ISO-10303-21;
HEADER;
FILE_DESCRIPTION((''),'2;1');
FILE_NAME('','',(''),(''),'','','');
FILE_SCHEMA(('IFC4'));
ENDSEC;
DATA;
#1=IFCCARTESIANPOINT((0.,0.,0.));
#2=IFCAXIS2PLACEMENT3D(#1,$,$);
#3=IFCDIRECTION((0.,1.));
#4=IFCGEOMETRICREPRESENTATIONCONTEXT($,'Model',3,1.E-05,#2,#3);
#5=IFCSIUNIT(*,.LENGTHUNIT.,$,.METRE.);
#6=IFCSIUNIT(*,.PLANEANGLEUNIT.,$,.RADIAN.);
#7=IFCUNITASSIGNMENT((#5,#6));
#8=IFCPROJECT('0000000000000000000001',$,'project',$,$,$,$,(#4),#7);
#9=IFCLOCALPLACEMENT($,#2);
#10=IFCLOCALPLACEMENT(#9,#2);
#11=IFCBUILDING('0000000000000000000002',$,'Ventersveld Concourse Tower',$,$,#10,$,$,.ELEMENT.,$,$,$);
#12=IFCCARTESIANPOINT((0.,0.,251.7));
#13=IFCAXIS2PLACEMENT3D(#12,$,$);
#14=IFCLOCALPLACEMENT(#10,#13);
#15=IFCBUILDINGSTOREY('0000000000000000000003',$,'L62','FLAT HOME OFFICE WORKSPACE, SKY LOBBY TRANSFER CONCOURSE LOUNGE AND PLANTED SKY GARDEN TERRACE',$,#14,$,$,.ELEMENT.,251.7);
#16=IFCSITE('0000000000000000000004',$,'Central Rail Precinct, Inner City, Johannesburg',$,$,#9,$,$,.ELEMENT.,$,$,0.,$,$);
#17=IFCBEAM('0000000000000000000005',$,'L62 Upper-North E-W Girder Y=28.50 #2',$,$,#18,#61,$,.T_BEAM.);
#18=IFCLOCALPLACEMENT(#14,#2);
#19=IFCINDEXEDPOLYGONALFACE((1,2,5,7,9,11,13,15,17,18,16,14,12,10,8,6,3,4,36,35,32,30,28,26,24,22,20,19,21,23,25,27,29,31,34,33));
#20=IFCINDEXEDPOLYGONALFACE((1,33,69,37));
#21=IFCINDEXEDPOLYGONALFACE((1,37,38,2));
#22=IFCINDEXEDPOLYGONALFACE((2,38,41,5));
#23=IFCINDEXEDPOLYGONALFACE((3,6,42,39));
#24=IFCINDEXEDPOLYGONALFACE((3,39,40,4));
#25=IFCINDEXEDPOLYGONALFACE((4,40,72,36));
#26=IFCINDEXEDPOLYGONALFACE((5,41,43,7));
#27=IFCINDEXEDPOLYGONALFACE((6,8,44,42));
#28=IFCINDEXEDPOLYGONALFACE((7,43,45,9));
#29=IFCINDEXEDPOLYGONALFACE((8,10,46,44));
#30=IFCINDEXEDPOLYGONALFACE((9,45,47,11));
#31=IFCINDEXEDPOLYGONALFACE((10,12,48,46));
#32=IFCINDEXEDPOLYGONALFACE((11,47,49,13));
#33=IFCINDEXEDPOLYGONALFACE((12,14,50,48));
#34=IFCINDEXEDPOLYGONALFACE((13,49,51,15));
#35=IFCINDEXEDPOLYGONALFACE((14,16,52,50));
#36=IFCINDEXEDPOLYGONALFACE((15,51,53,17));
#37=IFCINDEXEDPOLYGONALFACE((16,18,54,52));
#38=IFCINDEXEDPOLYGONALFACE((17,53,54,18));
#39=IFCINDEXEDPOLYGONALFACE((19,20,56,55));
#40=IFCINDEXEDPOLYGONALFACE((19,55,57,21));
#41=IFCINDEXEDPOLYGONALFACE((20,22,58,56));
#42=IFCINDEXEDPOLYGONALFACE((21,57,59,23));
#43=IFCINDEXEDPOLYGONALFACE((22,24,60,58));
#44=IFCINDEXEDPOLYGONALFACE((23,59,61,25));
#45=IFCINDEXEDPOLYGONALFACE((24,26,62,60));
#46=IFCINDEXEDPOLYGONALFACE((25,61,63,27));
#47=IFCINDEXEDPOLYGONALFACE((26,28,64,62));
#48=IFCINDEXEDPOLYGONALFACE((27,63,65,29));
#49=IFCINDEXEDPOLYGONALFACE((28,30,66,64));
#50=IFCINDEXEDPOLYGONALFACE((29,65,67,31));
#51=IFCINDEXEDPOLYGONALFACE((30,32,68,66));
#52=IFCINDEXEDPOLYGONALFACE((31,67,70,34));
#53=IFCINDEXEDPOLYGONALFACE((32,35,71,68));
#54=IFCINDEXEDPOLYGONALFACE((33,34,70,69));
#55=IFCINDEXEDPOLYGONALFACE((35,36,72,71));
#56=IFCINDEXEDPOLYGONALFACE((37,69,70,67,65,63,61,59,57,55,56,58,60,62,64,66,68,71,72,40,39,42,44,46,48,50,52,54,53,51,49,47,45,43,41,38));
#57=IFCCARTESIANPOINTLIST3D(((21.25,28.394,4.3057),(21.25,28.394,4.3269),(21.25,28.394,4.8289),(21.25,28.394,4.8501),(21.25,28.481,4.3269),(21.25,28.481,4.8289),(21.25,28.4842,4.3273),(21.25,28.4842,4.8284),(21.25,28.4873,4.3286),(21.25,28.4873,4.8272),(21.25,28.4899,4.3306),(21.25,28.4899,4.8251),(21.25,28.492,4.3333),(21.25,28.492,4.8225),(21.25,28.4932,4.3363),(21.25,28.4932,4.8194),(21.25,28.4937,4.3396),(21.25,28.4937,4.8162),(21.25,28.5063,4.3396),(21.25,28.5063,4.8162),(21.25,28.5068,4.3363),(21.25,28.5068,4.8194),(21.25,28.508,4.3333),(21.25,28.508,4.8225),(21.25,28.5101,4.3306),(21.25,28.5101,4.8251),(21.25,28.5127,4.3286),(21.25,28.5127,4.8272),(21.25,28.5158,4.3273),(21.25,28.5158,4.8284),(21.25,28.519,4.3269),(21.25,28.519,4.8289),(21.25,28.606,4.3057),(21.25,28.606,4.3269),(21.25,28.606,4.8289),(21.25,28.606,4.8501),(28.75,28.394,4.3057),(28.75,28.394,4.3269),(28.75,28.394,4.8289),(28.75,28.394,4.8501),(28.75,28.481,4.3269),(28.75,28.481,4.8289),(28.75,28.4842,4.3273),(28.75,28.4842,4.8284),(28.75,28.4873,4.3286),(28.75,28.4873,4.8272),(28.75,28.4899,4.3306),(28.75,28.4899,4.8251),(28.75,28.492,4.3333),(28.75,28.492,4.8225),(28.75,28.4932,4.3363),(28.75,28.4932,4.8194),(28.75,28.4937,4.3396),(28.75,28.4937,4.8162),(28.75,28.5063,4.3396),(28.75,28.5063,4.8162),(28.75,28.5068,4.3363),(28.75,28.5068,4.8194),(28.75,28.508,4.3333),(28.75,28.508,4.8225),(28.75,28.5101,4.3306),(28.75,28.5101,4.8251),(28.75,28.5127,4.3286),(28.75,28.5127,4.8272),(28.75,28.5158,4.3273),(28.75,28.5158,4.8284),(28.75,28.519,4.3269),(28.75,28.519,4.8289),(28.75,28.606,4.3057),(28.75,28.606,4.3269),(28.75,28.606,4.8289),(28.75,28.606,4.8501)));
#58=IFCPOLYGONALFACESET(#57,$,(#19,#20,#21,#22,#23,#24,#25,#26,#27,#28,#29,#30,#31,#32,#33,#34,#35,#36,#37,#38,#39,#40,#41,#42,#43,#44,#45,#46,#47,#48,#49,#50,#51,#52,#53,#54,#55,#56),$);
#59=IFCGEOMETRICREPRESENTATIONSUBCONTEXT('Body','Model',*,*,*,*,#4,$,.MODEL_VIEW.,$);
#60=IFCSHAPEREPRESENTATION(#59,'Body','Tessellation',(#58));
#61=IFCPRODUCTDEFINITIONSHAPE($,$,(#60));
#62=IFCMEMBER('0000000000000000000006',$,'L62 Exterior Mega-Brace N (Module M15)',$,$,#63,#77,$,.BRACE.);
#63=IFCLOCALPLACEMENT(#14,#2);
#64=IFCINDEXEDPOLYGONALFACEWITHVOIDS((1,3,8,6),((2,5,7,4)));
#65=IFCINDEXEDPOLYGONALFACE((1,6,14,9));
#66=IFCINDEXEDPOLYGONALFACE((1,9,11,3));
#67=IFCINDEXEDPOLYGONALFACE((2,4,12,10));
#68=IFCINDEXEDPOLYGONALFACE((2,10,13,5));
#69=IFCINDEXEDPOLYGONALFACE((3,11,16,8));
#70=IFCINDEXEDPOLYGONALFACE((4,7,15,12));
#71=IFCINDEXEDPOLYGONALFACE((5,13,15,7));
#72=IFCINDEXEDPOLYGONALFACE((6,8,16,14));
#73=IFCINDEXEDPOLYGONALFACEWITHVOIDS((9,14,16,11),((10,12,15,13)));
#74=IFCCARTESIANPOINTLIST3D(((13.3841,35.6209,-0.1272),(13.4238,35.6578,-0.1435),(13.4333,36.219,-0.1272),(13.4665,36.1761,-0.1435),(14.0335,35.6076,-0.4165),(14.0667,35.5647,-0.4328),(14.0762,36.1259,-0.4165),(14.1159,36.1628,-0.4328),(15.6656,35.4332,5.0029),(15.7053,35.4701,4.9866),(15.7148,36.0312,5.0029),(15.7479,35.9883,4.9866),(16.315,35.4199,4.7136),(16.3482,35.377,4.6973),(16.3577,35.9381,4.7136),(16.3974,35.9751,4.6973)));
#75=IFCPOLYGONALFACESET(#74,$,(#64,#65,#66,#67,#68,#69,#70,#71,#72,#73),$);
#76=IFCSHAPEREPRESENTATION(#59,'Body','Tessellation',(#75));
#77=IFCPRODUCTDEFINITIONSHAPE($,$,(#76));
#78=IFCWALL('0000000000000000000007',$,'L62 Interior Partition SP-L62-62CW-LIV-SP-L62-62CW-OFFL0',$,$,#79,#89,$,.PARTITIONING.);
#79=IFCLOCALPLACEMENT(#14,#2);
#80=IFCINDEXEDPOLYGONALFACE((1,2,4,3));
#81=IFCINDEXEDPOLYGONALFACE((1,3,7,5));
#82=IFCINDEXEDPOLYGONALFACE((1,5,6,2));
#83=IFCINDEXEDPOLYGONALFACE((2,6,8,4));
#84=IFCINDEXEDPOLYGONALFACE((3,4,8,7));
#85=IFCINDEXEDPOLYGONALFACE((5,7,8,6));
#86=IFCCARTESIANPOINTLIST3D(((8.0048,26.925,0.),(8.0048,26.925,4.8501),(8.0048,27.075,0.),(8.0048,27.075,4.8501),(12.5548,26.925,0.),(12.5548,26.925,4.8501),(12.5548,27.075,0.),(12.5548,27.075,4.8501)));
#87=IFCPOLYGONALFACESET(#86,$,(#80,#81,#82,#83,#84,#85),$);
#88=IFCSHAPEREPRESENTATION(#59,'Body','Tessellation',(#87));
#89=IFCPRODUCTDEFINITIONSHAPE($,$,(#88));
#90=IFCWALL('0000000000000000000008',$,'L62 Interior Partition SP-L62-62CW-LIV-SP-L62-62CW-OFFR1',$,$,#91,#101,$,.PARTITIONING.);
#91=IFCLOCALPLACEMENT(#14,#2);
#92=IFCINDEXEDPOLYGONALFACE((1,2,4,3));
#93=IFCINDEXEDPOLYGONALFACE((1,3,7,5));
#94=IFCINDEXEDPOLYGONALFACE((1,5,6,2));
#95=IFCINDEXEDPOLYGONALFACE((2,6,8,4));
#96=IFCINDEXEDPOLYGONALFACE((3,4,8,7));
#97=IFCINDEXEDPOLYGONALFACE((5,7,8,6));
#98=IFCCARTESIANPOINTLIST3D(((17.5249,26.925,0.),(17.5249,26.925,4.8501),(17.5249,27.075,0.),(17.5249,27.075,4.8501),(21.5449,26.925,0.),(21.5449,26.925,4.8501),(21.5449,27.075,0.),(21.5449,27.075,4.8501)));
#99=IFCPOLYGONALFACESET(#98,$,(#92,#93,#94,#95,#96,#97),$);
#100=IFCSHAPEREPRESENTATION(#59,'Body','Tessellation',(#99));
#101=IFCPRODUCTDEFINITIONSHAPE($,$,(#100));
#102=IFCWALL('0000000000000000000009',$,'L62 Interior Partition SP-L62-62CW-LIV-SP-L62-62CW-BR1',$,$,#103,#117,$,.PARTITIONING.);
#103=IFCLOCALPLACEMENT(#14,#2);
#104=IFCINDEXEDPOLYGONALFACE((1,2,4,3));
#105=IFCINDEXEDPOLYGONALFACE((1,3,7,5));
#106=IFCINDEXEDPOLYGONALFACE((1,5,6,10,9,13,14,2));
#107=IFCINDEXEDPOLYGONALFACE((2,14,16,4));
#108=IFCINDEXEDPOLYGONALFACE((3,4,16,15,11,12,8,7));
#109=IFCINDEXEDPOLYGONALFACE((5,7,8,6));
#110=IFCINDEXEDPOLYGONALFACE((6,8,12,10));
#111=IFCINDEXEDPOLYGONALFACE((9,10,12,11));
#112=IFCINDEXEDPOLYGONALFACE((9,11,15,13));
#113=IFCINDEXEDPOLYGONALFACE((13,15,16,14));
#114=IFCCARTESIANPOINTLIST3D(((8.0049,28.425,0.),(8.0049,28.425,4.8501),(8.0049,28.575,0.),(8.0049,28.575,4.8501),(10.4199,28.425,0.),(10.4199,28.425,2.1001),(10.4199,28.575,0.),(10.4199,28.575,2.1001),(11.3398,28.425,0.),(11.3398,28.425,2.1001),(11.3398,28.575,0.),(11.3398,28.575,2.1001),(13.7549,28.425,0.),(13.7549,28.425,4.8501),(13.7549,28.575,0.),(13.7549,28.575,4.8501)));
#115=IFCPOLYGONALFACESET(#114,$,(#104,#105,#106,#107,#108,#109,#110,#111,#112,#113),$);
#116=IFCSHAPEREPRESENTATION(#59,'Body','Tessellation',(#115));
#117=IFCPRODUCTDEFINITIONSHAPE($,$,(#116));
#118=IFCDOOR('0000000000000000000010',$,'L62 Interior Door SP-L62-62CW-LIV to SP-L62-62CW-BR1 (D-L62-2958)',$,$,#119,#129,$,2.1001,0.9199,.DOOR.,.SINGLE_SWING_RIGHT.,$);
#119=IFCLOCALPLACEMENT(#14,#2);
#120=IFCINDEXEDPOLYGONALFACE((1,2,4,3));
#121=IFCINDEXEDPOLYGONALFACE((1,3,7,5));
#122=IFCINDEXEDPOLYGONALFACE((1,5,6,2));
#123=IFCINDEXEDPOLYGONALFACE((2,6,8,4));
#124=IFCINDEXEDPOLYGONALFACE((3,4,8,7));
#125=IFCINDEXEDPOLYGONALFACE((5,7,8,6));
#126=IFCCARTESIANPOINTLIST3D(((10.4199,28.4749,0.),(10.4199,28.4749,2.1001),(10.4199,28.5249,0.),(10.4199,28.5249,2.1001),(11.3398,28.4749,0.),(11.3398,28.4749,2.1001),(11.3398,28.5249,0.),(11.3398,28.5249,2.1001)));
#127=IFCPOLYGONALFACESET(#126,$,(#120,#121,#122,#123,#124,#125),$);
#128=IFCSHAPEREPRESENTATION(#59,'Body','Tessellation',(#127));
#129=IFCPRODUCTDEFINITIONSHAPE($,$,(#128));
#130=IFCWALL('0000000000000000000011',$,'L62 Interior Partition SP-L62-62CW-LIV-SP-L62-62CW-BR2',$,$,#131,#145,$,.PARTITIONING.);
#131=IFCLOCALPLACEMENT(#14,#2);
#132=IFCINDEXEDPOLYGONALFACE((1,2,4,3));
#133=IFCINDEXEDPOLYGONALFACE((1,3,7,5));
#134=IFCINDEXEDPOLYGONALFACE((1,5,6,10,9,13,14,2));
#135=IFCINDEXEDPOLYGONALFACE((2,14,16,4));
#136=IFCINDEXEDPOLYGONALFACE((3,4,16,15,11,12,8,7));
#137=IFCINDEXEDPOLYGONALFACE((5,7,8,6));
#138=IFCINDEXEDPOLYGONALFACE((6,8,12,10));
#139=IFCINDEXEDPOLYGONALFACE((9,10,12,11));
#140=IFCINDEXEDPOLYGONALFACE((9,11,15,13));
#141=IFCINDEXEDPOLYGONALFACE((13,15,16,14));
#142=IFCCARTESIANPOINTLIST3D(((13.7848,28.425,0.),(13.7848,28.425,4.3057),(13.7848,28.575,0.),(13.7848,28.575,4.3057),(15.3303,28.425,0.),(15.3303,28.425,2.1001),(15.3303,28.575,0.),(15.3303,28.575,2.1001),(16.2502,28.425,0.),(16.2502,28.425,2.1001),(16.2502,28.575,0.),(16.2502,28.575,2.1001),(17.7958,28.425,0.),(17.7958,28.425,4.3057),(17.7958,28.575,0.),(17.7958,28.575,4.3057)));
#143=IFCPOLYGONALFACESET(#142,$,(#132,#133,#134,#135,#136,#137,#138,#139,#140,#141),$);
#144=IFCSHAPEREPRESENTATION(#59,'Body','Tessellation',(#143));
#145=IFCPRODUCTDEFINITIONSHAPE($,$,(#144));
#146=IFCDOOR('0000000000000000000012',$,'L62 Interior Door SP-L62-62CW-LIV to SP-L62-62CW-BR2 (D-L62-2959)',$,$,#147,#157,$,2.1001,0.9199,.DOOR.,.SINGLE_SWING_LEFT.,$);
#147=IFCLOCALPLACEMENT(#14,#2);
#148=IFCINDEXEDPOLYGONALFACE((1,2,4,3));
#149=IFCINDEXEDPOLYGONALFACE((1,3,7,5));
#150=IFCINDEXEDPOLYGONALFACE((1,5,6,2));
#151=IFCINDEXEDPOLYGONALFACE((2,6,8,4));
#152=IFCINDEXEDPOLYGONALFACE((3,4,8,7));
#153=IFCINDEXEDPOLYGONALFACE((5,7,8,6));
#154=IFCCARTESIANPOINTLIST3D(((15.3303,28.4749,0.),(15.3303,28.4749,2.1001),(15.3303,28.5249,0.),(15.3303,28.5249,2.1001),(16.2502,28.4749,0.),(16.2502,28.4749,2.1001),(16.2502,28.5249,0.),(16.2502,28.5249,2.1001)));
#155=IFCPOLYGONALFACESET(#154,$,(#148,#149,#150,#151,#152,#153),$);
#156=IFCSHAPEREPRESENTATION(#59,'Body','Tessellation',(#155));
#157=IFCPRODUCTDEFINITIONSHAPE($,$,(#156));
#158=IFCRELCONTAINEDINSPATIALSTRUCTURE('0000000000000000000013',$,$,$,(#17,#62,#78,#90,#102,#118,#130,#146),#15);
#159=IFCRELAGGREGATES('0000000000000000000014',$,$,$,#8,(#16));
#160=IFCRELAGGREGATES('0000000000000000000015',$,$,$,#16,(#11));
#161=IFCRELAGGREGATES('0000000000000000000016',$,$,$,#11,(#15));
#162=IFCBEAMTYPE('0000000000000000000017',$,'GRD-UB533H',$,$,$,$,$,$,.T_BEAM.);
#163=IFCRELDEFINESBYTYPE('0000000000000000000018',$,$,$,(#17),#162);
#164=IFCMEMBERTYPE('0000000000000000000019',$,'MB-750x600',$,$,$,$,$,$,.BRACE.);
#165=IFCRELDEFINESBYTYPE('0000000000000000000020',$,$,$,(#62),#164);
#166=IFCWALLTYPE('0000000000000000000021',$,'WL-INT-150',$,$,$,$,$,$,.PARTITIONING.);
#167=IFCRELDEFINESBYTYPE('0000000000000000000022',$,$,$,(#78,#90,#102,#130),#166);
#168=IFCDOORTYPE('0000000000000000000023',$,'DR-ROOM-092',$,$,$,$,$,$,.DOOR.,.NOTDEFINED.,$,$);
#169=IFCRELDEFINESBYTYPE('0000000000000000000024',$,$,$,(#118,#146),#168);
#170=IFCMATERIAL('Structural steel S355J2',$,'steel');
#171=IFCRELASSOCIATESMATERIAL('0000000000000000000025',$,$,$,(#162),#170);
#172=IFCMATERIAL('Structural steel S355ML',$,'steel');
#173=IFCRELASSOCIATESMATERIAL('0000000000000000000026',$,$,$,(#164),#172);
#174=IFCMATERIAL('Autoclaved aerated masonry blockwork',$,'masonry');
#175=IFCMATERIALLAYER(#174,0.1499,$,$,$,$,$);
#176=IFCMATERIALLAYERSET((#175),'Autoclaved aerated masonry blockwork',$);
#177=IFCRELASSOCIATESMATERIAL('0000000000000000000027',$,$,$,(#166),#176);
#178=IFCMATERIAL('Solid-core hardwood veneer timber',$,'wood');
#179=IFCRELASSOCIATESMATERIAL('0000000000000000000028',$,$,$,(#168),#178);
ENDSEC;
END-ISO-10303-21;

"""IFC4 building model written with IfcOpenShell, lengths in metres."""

from ifc_helpers import new_model, si_unit, direction, frame, frame_2d, origin, origin_2d, place, context, subcontext, project, spatial, rectangle, hollow_rectangle, i_section, extrude, material, layer, layer_set, material_profile, profile_set, type_object, element, fill, save


model = new_model("IFC4")

# Units and contexts
model_context = context("Model", 3, precision=1e-05, world=origin(), true_north=direction((0.0, 1.0)))
body_context = subcontext(model_context, "Body", "Model", "MODEL_VIEW")
ifc_project = project(units=[si_unit("LENGTHUNIT", "METRE"), si_unit("PLANEANGLEUNIT", "RADIAN")], contexts=[model_context])

# Site, building, storey
site_placement = place(None, origin())
site = spatial("IfcSite", under=ifc_project, at=site_placement, Name="Central Rail Precinct, Inner City, Johannesburg", CompositionType="ELEMENT", RefElevation=0.0)
building_placement = place(site_placement, origin())
building = spatial("IfcBuilding", under=site, at=building_placement, Name="Ventersveld Concourse Tower", CompositionType="ELEMENT")
storey_placement = place(building_placement, frame((0.0, 0.0, 251.7)))
storey = spatial("IfcBuildingStorey", under=building, at=storey_placement, Name="L62", Description="FLAT HOME OFFICE WORKSPACE, SKY LOBBY TRANSFER CONCOURSE LOUNGE AND PLANTED SKY GARDEN TERRACE", CompositionType="ELEMENT", Elevation=251.7)

# Beam
ifc_material_1 = material(Name="Structural steel S355J2", Category="steel")
ifc_material_profile_1 = material_profile(ifc_material_1, i_section(OverallWidth=0.2119, OverallDepth=0.5444, WebThickness=0.0127, FlangeThickness=0.0212, FilletRadius=0.0127, at=origin_2d()), Name="UB 533x210x122")
ifc_profile_set_1 = profile_set([ifc_material_profile_1], Name="Structural steel S355J2")
beam_type_1 = type_object("IfcBeamType", Name="GRD-UB533H", PredefinedType="T_BEAM", material=ifc_profile_set_1)
for number, where, z_axis, x_axis, name in (
    (1, (21.25, 28.5, 4.5779), (1.0, 0.0, 0.0), (0.0, 1.0, 0.0), "L62 Upper-North E-W Girder Y=28.50 #2"),
):
    element("IfcBeam", number, at=place(storey_placement, frame(where, z_axis=z_axis, x_axis=x_axis)), inside=storey, type_object=beam_type_1, Name=name, PredefinedType="T_BEAM", context=body_context, shape_type="SweptSolid", body=[
        extrude(i_section(OverallWidth=0.2119, OverallDepth=0.5444, WebThickness=0.0127, FlangeThickness=0.0212, FilletRadius=0.0127, at=origin_2d()), origin(), (0.0, 0.0, 1.0), 7.5),
    ])

# Member
ifc_material_2 = material(Name="Structural steel S355ML", Category="steel")
ifc_material_profile_2 = material_profile(ifc_material_2, hollow_rectangle(XDim=0.6001, YDim=0.75, WallThickness=0.04, at=origin_2d()), Name="BOX 750x600x40")
ifc_profile_set_2 = profile_set([ifc_material_profile_2], Name="Structural steel S355ML")
member_type = type_object("IfcMemberType", Name="MB-750x600", PredefinedType="BRACE", material=ifc_profile_set_2)
member_placement = place(storey_placement, frame((13.75, 35.8918, -0.28), z_axis=(0.406125, -0.03342, 0.913206), x_axis=(0.082013, 0.996631, 0.0)))
element("IfcMember", 2, at=member_placement, inside=storey, type_object=member_type, Name="L62 Exterior Mega-Brace N (Module M15)", PredefinedType="BRACE", context=body_context, shape_type="SweptSolid", body=[
    extrude(hollow_rectangle(XDim=0.6001, YDim=0.75, WallThickness=0.04, at=origin_2d()), origin(), (0.0, 0.0, 1.0), 5.6177),
])

# Walls
ifc_material_3 = material(Name="Autoclaved aerated masonry blockwork", Category="masonry")
ifc_layer_1 = layer(ifc_material_3, 0.1499)
ifc_layer_set_1 = layer_set([ifc_layer_1], Name="Autoclaved aerated masonry blockwork")
wall_type_1 = type_object("IfcWallType", Name="WL-INT-150", PredefinedType="PARTITIONING", material=ifc_layer_set_1)
wall_1_placement = place(storey_placement, frame((8.0049, 27.0, 0.0), z_axis=(0.0, 0.0, 1.0), x_axis=(1.0, 0.0, 0.0)))
element("IfcWall", 3, at=wall_1_placement, inside=storey, type_object=wall_type_1, Name="L62 Interior Partition SP-L62-62CW-LIV-SP-L62-62CW-OFFL0", PredefinedType="PARTITIONING", context=body_context, shape_type="SweptSolid", body=[
    extrude(rectangle(XDim=4.55, YDim=0.1499, at=frame_2d((2.2749, 0.0))), origin(), (0.0, 0.0, 1.0), 4.8501),
])
wall_2_placement = place(storey_placement, frame((17.5249, 27.0, 0.0), z_axis=(0.0, 0.0, 1.0), x_axis=(1.0, 0.0, 0.0)))
element("IfcWall", 4, at=wall_2_placement, inside=storey, type_object=wall_type_1, Name="L62 Interior Partition SP-L62-62CW-LIV-SP-L62-62CW-OFFR1", PredefinedType="PARTITIONING", context=body_context, shape_type="SweptSolid", body=[
    extrude(rectangle(XDim=4.02, YDim=0.1499, at=frame_2d((2.01, 0.0))), origin(), (0.0, 0.0, 1.0), 4.8501),
])

# Walls, openings, doors
wall_3_placement = place(storey_placement, frame((8.0049, 28.5, 0.0), z_axis=(0.0, 0.0, 1.0), x_axis=(1.0, 0.0, 0.0)))
wall_3 = element("IfcWall", 5, at=wall_3_placement, inside=storey, type_object=wall_type_1, Name="L62 Interior Partition SP-L62-62CW-LIV-SP-L62-62CW-BR1", PredefinedType="PARTITIONING", context=body_context, shape_type="SweptSolid", body=[
    extrude(rectangle(XDim=5.75, YDim=0.1499, at=frame_2d((2.875, 0.0))), origin(), (0.0, 0.0, 1.0), 4.8501),
])
opening_1_placement = place(wall_3_placement, frame((2.415, 0.0, 0.0)))
opening_1 = element("IfcOpeningElement", 6, at=opening_1_placement, cuts=wall_3, PredefinedType="OPENING", context=body_context, shape_type="SweptSolid", body=[
    extrude(rectangle(XDim=0.9199, YDim=2.1001, at=frame_2d((0.46, 1.05))), frame((0.0, 0.085, 0.0), z_axis=(0.0, -1.0, 0.0), x_axis=(1.0, 0.0, 0.0)), (0.0, 0.0, 1.0), 0.1699),
])
ifc_material_4 = material(Name="Solid-core hardwood veneer timber", Category="wood")
door_type = type_object("IfcDoorType", Name="DR-ROOM-092", OperationType="NOTDEFINED", PredefinedType="DOOR", material=ifc_material_4)
door_1_placement = place(opening_1_placement, origin())
door_1 = element("IfcDoor", 7, at=door_1_placement, inside=storey, type_object=door_type, Name="L62 Interior Door SP-L62-62CW-LIV to SP-L62-62CW-BR1 (D-L62-2958)", OperationType="SINGLE_SWING_RIGHT", OverallHeight=2.1001, OverallWidth=0.9199, PredefinedType="DOOR", context=body_context, shape_type="SweptSolid", body=[
    extrude(rectangle(XDim=0.9199, YDim=2.1001, at=frame_2d((0.46, 1.05))), frame((0.0, 0.0249, 0.0), z_axis=(0.0, -1.0, 0.0), x_axis=(1.0, 0.0, 0.0)), (0.0, 0.0, 1.0), 0.05),
])
fill(opening_1, door_1)
wall_4_placement = place(storey_placement, frame((13.7849, 28.5, 0.0), z_axis=(0.0, 0.0, 1.0), x_axis=(1.0, 0.0, 0.0)))
wall_4 = element("IfcWall", 8, at=wall_4_placement, inside=storey, type_object=wall_type_1, Name="L62 Interior Partition SP-L62-62CW-LIV-SP-L62-62CW-BR2", PredefinedType="PARTITIONING", context=body_context, shape_type="SweptSolid", body=[
    extrude(rectangle(XDim=4.011, YDim=0.1499, at=frame_2d((2.0054, 0.0))), origin(), (0.0, 0.0, 1.0), 4.3057),
])
opening_2_placement = place(wall_4_placement, frame((1.5454, 0.0, 0.0)))
opening_2 = element("IfcOpeningElement", 9, at=opening_2_placement, cuts=wall_4, PredefinedType="OPENING", context=body_context, shape_type="SweptSolid", body=[
    extrude(rectangle(XDim=0.9199, YDim=2.1001, at=frame_2d((0.46, 1.05))), frame((0.0, 0.085, 0.0), z_axis=(0.0, -1.0, 0.0), x_axis=(1.0, 0.0, 0.0)), (0.0, 0.0, 1.0), 0.1699),
])
door_2_placement = place(opening_2_placement, origin())
door_2 = element("IfcDoor", 10, at=door_2_placement, inside=storey, type_object=door_type, Name="L62 Interior Door SP-L62-62CW-LIV to SP-L62-62CW-BR2 (D-L62-2959)", OperationType="SINGLE_SWING_LEFT", OverallHeight=2.1001, OverallWidth=0.9199, PredefinedType="DOOR", context=body_context, shape_type="SweptSolid", body=[
    extrude(rectangle(XDim=0.9199, YDim=2.1001, at=frame_2d((0.46, 1.05))), frame((0.0, 0.0249, 0.0), z_axis=(0.0, -1.0, 0.0), x_axis=(1.0, 0.0, 0.0)), (0.0, 0.0, 1.0), 0.05),
])
fill(opening_2, door_2)

save(model, "model.ifc")
